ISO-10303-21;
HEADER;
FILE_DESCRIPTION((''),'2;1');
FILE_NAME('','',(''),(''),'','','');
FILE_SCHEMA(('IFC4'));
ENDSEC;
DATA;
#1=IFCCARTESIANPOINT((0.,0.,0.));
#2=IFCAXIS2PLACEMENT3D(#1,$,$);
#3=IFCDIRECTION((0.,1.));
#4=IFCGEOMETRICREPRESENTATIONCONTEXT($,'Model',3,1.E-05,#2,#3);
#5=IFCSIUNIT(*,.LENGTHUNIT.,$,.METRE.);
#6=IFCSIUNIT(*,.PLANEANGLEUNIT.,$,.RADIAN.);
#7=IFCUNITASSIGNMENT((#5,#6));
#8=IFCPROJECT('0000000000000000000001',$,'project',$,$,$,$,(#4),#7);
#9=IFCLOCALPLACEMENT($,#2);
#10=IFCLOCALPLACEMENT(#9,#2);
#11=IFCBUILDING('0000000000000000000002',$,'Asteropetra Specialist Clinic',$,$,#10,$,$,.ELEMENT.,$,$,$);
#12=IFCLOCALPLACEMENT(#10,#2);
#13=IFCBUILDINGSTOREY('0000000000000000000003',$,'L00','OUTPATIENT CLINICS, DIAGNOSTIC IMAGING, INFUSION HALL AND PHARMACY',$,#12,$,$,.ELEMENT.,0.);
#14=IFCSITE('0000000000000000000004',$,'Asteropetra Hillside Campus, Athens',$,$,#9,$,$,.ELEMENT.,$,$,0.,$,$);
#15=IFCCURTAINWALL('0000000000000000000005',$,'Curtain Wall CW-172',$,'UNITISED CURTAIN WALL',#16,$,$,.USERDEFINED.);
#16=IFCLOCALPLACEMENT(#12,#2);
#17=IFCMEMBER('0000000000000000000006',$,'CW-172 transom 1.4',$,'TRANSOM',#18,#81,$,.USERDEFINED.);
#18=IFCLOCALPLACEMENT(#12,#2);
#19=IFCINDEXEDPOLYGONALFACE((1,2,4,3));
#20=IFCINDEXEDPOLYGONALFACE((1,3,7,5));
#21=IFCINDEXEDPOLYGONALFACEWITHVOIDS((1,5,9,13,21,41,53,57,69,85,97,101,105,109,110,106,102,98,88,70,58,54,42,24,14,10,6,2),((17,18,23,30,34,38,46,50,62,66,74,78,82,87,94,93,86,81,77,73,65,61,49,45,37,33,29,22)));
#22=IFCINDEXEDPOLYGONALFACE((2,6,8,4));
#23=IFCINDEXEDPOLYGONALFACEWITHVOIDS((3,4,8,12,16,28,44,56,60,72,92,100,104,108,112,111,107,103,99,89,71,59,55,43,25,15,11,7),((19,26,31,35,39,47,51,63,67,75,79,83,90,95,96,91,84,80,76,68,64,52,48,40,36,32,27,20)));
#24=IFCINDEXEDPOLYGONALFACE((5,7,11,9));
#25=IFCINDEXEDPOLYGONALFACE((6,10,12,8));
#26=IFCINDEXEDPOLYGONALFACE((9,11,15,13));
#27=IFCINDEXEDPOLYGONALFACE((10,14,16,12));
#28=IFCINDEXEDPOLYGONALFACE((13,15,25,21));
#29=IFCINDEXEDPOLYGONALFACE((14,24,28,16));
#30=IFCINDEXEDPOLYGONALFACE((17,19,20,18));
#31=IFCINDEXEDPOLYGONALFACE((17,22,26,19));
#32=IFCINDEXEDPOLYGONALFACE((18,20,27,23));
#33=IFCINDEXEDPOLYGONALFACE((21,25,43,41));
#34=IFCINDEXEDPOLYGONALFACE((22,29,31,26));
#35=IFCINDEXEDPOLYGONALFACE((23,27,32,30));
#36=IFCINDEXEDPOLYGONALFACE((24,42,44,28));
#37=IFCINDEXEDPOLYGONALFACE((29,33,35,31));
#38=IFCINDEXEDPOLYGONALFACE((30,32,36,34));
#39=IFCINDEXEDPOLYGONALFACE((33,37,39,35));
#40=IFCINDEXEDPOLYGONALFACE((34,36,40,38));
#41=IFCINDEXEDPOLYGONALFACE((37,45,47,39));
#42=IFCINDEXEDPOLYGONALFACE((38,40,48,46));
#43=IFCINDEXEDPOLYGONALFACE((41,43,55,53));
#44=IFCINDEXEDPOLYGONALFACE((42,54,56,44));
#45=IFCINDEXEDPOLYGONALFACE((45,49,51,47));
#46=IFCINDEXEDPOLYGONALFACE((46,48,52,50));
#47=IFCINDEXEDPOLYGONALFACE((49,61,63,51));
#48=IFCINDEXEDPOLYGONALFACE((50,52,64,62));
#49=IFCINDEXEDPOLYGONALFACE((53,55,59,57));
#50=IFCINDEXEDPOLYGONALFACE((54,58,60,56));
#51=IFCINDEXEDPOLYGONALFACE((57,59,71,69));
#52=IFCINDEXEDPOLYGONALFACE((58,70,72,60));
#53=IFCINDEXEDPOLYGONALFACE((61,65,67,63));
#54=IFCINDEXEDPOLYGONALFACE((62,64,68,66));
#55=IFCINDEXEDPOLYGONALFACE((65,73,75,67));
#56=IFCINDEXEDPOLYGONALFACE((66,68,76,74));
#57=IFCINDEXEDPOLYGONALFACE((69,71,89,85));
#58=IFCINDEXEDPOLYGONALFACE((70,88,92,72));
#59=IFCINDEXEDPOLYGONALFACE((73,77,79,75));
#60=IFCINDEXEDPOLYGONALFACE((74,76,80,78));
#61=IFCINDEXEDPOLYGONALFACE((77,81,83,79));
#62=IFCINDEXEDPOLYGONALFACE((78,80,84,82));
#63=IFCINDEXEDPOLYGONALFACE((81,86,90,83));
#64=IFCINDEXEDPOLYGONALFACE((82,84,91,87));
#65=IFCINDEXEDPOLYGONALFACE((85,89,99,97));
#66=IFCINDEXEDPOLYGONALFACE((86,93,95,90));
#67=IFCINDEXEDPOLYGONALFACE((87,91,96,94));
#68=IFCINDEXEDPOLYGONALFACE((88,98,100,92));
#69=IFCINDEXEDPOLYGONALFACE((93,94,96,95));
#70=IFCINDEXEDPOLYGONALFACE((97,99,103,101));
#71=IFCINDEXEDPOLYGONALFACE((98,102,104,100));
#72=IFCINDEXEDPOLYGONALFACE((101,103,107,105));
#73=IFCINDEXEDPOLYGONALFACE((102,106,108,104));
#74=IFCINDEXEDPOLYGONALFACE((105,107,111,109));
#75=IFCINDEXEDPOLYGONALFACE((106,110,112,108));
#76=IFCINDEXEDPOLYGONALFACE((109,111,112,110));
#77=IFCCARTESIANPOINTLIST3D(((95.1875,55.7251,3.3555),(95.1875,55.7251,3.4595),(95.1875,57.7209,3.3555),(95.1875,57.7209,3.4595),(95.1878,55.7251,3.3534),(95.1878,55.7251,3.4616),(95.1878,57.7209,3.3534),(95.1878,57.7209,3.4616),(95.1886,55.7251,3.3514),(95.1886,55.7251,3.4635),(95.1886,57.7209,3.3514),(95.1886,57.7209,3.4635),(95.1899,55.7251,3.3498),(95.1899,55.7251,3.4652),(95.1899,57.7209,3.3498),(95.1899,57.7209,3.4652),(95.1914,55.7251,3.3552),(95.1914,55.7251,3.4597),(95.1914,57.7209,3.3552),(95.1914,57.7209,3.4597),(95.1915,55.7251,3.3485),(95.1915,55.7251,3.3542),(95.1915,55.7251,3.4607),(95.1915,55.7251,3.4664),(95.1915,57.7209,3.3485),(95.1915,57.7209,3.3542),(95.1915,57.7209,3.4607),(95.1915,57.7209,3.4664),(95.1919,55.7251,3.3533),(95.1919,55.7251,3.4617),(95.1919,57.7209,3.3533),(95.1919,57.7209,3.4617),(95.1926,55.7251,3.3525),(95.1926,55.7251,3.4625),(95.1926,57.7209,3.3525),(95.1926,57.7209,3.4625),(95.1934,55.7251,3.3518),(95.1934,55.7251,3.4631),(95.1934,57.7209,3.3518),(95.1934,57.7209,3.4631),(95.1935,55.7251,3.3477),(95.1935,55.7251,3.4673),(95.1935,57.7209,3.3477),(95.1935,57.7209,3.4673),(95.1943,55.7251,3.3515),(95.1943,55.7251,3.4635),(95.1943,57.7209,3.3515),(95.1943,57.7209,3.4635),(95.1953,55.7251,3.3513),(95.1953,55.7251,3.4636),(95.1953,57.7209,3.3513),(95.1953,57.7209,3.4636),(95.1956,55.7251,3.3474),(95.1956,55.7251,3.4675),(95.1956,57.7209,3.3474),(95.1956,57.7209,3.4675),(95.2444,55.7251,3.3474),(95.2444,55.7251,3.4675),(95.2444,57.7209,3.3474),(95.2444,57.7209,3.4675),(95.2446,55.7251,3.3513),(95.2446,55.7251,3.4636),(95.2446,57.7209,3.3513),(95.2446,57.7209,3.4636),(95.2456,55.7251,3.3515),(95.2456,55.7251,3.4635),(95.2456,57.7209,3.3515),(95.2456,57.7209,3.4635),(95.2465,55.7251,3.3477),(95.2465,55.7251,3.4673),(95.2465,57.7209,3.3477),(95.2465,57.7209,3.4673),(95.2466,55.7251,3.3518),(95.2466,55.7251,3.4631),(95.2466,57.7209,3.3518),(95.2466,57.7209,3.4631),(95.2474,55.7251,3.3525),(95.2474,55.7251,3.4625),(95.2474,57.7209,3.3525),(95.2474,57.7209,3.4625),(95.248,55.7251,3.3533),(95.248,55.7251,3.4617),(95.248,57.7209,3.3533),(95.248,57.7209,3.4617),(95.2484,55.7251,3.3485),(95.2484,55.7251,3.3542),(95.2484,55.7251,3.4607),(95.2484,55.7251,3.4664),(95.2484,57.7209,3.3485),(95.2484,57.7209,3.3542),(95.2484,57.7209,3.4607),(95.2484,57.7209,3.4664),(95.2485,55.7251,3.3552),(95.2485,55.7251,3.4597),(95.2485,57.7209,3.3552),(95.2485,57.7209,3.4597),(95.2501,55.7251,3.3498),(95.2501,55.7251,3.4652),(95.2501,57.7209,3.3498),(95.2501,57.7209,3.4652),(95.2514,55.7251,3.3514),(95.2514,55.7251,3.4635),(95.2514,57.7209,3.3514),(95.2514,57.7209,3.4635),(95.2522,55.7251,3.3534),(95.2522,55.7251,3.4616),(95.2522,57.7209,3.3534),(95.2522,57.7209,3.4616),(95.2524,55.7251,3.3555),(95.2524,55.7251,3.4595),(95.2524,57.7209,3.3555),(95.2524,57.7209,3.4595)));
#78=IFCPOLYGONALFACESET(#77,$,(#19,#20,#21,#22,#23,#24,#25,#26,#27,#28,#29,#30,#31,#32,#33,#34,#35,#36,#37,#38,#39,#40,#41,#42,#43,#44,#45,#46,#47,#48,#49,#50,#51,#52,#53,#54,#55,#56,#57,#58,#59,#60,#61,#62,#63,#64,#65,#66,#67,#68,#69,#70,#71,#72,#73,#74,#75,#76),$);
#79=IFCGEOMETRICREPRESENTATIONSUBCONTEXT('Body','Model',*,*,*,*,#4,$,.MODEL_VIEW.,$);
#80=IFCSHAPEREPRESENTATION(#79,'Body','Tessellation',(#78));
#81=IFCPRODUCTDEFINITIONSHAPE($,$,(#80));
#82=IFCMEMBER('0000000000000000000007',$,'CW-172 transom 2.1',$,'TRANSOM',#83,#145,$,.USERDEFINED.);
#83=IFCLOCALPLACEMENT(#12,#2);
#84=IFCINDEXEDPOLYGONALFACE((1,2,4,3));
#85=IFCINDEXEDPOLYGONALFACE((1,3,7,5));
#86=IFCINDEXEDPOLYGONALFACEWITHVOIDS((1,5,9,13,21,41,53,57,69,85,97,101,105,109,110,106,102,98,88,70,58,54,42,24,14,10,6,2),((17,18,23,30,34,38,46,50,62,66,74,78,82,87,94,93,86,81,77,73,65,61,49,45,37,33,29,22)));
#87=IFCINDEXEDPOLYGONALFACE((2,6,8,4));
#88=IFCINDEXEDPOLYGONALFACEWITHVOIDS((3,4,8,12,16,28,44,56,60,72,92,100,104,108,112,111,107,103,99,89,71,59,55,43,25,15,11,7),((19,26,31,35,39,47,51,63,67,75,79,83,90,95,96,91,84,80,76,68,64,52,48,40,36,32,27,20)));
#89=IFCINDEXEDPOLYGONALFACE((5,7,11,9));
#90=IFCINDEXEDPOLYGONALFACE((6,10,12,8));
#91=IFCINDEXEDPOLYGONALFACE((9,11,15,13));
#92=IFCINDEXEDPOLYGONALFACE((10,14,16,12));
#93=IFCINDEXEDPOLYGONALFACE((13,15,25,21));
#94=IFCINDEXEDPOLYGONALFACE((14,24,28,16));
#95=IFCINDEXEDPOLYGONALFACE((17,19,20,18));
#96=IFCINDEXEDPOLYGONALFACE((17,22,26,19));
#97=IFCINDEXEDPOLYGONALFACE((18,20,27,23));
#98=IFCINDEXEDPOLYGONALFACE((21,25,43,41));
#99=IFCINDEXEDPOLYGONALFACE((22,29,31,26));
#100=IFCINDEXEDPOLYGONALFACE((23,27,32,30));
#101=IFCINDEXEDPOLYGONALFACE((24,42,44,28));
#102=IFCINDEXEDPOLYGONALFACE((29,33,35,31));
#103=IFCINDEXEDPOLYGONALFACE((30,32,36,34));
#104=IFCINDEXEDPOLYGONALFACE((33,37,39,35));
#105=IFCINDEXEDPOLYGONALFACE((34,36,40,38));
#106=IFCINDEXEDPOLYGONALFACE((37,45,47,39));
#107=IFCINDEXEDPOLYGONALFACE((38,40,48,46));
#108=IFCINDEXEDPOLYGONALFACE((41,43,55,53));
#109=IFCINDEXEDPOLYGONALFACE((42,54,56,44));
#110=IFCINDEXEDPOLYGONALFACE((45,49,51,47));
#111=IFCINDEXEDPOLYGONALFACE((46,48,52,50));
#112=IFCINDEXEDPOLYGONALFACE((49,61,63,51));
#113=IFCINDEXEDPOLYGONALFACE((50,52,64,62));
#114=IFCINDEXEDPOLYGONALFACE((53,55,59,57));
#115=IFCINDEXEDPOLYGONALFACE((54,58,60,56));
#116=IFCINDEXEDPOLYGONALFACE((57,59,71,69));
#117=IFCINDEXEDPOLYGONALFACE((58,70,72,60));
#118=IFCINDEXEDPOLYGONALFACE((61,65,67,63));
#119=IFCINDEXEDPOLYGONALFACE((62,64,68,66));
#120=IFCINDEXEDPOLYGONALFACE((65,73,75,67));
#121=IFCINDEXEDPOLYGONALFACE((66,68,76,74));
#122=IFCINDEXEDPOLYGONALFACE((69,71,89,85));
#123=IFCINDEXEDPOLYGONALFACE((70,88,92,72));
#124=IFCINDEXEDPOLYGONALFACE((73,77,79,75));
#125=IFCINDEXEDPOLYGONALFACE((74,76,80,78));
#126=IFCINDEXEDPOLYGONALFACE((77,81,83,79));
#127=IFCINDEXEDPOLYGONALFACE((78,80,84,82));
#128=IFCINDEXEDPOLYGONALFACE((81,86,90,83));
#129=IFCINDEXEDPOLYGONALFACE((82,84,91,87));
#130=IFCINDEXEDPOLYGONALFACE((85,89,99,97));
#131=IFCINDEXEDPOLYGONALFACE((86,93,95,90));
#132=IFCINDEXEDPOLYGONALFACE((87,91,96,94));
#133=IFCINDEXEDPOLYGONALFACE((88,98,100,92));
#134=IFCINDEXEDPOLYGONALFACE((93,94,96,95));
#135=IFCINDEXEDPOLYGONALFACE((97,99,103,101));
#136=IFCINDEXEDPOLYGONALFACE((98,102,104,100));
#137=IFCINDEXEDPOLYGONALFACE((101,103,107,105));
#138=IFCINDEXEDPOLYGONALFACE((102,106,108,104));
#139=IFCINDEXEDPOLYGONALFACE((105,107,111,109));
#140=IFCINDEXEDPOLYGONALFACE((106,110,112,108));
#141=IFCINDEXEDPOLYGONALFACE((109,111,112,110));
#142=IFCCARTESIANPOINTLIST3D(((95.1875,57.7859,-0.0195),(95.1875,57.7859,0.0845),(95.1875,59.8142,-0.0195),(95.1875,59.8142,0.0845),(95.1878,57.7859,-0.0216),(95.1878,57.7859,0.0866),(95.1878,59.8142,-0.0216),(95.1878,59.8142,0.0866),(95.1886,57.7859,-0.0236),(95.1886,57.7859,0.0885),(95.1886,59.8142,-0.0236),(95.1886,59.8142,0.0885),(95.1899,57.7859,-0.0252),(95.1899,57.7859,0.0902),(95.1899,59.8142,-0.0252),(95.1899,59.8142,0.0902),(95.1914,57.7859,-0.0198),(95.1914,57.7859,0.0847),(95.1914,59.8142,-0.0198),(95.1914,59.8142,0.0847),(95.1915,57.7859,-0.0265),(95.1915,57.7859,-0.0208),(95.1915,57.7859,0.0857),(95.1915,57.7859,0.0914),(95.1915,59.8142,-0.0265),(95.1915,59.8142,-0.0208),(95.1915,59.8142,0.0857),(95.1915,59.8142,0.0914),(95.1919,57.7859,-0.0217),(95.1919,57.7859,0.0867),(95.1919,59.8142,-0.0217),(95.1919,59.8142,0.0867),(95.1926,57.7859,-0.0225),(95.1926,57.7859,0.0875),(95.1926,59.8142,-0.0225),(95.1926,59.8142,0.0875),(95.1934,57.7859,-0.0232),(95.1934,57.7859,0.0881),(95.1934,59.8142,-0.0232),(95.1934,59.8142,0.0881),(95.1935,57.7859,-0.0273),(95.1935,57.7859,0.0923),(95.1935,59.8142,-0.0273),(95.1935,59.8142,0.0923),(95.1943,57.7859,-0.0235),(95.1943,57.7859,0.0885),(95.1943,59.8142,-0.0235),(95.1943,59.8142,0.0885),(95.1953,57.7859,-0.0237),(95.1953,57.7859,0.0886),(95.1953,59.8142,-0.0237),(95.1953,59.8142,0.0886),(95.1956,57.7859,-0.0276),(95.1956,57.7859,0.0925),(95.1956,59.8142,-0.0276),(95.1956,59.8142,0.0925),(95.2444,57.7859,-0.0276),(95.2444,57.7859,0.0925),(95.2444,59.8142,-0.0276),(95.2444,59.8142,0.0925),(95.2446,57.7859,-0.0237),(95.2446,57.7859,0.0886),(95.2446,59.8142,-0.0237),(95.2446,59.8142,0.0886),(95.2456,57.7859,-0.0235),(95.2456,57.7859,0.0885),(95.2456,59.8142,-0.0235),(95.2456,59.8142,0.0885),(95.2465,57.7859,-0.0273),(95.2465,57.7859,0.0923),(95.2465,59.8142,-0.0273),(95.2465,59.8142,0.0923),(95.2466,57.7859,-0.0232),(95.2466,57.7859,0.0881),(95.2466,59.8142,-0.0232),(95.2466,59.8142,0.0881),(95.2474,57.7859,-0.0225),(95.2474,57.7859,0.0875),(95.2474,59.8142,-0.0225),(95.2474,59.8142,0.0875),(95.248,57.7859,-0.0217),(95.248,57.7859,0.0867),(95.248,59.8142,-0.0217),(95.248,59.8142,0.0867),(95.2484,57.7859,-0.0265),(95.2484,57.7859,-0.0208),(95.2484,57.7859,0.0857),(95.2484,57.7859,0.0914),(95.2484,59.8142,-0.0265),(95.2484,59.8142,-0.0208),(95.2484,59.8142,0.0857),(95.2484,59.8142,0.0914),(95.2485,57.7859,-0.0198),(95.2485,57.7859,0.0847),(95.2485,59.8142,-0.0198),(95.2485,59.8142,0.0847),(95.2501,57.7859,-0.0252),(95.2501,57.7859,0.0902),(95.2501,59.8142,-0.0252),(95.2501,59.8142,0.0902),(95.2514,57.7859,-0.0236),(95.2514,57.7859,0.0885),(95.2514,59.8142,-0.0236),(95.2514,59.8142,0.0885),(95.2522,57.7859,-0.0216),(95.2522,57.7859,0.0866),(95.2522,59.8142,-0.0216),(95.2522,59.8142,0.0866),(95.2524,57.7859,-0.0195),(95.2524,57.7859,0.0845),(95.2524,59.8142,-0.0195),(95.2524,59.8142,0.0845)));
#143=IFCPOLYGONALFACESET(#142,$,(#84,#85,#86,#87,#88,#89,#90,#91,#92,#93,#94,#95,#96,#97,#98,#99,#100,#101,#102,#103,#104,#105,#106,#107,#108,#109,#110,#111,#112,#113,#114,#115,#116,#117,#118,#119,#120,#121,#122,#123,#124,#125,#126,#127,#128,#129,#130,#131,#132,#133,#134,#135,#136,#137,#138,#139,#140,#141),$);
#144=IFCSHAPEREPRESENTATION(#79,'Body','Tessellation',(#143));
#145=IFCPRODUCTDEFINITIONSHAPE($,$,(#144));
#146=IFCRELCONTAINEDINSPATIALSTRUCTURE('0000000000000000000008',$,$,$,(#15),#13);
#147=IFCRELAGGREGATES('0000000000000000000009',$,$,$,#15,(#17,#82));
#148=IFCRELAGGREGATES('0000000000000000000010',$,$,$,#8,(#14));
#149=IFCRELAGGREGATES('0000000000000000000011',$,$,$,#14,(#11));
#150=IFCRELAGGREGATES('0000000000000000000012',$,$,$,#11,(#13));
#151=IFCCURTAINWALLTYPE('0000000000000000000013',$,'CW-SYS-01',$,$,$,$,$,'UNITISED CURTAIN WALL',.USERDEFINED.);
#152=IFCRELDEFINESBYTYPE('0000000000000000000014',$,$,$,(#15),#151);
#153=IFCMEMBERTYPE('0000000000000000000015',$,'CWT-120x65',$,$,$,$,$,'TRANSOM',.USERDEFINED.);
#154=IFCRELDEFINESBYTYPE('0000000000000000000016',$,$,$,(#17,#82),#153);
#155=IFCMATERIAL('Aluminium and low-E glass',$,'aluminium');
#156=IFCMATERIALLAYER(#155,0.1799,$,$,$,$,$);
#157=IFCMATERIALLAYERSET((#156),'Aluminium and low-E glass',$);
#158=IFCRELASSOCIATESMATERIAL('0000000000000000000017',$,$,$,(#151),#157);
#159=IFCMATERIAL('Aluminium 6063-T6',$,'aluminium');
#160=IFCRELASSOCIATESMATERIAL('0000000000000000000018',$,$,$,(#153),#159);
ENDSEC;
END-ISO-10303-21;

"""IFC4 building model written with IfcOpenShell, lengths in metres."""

from ifc_helpers import new_model, si_unit, direction, frame, origin, origin_2d, place, context, subcontext, project, spatial, hollow_rectangle, extrude, material, layer, layer_set, material_profile, profile_set, type_object, element, aggregate, save


model = new_model("IFC4")

# Units and contexts
model_context = context("Model", 3, precision=1e-05, world=origin(), true_north=direction((0.0, 1.0)))
body_context = subcontext(model_context, "Body", "Model", "MODEL_VIEW")
ifc_project = project(units=[si_unit("LENGTHUNIT", "METRE"), si_unit("PLANEANGLEUNIT", "RADIAN")], contexts=[model_context])

# Site, building, storey
site_placement = place(None, origin())
site = spatial("IfcSite", under=ifc_project, at=site_placement, Name="Asteropetra Hillside Campus, Athens", CompositionType="ELEMENT", RefElevation=0.0)
building_placement = place(site_placement, origin())
building = spatial("IfcBuilding", under=site, at=building_placement, Name="Asteropetra Specialist Clinic", CompositionType="ELEMENT")
storey_placement = place(building_placement, origin())
storey = spatial("IfcBuildingStorey", under=building, at=storey_placement, Name="L00", Description="OUTPATIENT CLINICS, DIAGNOSTIC IMAGING, INFUSION HALL AND PHARMACY", CompositionType="ELEMENT", Elevation=0.0)

# Curtain wall
ifc_material_1 = material(Name="Aluminium and low-E glass", Category="aluminium")
ifc_layer_1 = layer(ifc_material_1, 0.1799)
ifc_layer_set_1 = layer_set([ifc_layer_1], Name="Aluminium and low-E glass")
curtain_wall_type_1 = type_object("IfcCurtainWallType", Name="CW-SYS-01", ElementType="UNITISED CURTAIN WALL", PredefinedType="USERDEFINED", material=ifc_layer_set_1)
curtain_wall_1_placement = place(storey_placement, origin())
curtain_wall_1 = element("IfcCurtainWall", 1, at=curtain_wall_1_placement, inside=storey, type_object=curtain_wall_type_1, Name="Curtain Wall CW-172", ObjectType="UNITISED CURTAIN WALL", PredefinedType="USERDEFINED")

# Members
ifc_material_2 = material(Name="Aluminium 6063-T6", Category="aluminium")
ifc_material_profile_1 = material_profile(ifc_material_2, hollow_rectangle(XDim=0.0649, YDim=0.1201, WallThickness=0.0039, InnerFilletRadius=0.0039, OuterFilletRadius=0.0081, at=origin_2d()), Name="TRN 120x65x4.0")
ifc_profile_set_1 = profile_set([ifc_material_profile_1], Name="Aluminium 6063-T6")
member_type_1 = type_object("IfcMemberType", Name="CWT-120x65", ElementType="TRANSOM", PredefinedType="USERDEFINED", material=ifc_profile_set_1)
member_1_placement = place(storey_placement, frame((95.22, 55.7251, 3.4075), z_axis=(0.0, 1.0, 0.0), x_axis=(-1.0, 0.0, 0.0)))
member_1 = element("IfcMember", 2, at=member_1_placement, type_object=member_type_1, Name="CW-172 transom 1.4", ObjectType="TRANSOM", PredefinedType="USERDEFINED", context=body_context, shape_type="SweptSolid", body=[
    extrude(hollow_rectangle(XDim=0.0649, YDim=0.1201, WallThickness=0.0039, InnerFilletRadius=0.0039, OuterFilletRadius=0.0081, at=origin_2d()), origin(), (0.0, 0.0, 1.0), 1.9958),
])
member_2_placement = place(storey_placement, frame((95.22, 57.7859, 0.0325), z_axis=(0.0, 1.0, 0.0), x_axis=(-1.0, 0.0, 0.0)))
member_2 = element("IfcMember", 3, at=member_2_placement, type_object=member_type_1, Name="CW-172 transom 2.1", ObjectType="TRANSOM", PredefinedType="USERDEFINED", context=body_context, shape_type="SweptSolid", body=[
    extrude(hollow_rectangle(XDim=0.0649, YDim=0.1201, WallThickness=0.0039, InnerFilletRadius=0.0039, OuterFilletRadius=0.0081, at=origin_2d()), origin(), (0.0, 0.0, 1.0), 2.0283),
])

aggregate(curtain_wall_1, [member_1, member_2])

save(model, "model.ifc")
